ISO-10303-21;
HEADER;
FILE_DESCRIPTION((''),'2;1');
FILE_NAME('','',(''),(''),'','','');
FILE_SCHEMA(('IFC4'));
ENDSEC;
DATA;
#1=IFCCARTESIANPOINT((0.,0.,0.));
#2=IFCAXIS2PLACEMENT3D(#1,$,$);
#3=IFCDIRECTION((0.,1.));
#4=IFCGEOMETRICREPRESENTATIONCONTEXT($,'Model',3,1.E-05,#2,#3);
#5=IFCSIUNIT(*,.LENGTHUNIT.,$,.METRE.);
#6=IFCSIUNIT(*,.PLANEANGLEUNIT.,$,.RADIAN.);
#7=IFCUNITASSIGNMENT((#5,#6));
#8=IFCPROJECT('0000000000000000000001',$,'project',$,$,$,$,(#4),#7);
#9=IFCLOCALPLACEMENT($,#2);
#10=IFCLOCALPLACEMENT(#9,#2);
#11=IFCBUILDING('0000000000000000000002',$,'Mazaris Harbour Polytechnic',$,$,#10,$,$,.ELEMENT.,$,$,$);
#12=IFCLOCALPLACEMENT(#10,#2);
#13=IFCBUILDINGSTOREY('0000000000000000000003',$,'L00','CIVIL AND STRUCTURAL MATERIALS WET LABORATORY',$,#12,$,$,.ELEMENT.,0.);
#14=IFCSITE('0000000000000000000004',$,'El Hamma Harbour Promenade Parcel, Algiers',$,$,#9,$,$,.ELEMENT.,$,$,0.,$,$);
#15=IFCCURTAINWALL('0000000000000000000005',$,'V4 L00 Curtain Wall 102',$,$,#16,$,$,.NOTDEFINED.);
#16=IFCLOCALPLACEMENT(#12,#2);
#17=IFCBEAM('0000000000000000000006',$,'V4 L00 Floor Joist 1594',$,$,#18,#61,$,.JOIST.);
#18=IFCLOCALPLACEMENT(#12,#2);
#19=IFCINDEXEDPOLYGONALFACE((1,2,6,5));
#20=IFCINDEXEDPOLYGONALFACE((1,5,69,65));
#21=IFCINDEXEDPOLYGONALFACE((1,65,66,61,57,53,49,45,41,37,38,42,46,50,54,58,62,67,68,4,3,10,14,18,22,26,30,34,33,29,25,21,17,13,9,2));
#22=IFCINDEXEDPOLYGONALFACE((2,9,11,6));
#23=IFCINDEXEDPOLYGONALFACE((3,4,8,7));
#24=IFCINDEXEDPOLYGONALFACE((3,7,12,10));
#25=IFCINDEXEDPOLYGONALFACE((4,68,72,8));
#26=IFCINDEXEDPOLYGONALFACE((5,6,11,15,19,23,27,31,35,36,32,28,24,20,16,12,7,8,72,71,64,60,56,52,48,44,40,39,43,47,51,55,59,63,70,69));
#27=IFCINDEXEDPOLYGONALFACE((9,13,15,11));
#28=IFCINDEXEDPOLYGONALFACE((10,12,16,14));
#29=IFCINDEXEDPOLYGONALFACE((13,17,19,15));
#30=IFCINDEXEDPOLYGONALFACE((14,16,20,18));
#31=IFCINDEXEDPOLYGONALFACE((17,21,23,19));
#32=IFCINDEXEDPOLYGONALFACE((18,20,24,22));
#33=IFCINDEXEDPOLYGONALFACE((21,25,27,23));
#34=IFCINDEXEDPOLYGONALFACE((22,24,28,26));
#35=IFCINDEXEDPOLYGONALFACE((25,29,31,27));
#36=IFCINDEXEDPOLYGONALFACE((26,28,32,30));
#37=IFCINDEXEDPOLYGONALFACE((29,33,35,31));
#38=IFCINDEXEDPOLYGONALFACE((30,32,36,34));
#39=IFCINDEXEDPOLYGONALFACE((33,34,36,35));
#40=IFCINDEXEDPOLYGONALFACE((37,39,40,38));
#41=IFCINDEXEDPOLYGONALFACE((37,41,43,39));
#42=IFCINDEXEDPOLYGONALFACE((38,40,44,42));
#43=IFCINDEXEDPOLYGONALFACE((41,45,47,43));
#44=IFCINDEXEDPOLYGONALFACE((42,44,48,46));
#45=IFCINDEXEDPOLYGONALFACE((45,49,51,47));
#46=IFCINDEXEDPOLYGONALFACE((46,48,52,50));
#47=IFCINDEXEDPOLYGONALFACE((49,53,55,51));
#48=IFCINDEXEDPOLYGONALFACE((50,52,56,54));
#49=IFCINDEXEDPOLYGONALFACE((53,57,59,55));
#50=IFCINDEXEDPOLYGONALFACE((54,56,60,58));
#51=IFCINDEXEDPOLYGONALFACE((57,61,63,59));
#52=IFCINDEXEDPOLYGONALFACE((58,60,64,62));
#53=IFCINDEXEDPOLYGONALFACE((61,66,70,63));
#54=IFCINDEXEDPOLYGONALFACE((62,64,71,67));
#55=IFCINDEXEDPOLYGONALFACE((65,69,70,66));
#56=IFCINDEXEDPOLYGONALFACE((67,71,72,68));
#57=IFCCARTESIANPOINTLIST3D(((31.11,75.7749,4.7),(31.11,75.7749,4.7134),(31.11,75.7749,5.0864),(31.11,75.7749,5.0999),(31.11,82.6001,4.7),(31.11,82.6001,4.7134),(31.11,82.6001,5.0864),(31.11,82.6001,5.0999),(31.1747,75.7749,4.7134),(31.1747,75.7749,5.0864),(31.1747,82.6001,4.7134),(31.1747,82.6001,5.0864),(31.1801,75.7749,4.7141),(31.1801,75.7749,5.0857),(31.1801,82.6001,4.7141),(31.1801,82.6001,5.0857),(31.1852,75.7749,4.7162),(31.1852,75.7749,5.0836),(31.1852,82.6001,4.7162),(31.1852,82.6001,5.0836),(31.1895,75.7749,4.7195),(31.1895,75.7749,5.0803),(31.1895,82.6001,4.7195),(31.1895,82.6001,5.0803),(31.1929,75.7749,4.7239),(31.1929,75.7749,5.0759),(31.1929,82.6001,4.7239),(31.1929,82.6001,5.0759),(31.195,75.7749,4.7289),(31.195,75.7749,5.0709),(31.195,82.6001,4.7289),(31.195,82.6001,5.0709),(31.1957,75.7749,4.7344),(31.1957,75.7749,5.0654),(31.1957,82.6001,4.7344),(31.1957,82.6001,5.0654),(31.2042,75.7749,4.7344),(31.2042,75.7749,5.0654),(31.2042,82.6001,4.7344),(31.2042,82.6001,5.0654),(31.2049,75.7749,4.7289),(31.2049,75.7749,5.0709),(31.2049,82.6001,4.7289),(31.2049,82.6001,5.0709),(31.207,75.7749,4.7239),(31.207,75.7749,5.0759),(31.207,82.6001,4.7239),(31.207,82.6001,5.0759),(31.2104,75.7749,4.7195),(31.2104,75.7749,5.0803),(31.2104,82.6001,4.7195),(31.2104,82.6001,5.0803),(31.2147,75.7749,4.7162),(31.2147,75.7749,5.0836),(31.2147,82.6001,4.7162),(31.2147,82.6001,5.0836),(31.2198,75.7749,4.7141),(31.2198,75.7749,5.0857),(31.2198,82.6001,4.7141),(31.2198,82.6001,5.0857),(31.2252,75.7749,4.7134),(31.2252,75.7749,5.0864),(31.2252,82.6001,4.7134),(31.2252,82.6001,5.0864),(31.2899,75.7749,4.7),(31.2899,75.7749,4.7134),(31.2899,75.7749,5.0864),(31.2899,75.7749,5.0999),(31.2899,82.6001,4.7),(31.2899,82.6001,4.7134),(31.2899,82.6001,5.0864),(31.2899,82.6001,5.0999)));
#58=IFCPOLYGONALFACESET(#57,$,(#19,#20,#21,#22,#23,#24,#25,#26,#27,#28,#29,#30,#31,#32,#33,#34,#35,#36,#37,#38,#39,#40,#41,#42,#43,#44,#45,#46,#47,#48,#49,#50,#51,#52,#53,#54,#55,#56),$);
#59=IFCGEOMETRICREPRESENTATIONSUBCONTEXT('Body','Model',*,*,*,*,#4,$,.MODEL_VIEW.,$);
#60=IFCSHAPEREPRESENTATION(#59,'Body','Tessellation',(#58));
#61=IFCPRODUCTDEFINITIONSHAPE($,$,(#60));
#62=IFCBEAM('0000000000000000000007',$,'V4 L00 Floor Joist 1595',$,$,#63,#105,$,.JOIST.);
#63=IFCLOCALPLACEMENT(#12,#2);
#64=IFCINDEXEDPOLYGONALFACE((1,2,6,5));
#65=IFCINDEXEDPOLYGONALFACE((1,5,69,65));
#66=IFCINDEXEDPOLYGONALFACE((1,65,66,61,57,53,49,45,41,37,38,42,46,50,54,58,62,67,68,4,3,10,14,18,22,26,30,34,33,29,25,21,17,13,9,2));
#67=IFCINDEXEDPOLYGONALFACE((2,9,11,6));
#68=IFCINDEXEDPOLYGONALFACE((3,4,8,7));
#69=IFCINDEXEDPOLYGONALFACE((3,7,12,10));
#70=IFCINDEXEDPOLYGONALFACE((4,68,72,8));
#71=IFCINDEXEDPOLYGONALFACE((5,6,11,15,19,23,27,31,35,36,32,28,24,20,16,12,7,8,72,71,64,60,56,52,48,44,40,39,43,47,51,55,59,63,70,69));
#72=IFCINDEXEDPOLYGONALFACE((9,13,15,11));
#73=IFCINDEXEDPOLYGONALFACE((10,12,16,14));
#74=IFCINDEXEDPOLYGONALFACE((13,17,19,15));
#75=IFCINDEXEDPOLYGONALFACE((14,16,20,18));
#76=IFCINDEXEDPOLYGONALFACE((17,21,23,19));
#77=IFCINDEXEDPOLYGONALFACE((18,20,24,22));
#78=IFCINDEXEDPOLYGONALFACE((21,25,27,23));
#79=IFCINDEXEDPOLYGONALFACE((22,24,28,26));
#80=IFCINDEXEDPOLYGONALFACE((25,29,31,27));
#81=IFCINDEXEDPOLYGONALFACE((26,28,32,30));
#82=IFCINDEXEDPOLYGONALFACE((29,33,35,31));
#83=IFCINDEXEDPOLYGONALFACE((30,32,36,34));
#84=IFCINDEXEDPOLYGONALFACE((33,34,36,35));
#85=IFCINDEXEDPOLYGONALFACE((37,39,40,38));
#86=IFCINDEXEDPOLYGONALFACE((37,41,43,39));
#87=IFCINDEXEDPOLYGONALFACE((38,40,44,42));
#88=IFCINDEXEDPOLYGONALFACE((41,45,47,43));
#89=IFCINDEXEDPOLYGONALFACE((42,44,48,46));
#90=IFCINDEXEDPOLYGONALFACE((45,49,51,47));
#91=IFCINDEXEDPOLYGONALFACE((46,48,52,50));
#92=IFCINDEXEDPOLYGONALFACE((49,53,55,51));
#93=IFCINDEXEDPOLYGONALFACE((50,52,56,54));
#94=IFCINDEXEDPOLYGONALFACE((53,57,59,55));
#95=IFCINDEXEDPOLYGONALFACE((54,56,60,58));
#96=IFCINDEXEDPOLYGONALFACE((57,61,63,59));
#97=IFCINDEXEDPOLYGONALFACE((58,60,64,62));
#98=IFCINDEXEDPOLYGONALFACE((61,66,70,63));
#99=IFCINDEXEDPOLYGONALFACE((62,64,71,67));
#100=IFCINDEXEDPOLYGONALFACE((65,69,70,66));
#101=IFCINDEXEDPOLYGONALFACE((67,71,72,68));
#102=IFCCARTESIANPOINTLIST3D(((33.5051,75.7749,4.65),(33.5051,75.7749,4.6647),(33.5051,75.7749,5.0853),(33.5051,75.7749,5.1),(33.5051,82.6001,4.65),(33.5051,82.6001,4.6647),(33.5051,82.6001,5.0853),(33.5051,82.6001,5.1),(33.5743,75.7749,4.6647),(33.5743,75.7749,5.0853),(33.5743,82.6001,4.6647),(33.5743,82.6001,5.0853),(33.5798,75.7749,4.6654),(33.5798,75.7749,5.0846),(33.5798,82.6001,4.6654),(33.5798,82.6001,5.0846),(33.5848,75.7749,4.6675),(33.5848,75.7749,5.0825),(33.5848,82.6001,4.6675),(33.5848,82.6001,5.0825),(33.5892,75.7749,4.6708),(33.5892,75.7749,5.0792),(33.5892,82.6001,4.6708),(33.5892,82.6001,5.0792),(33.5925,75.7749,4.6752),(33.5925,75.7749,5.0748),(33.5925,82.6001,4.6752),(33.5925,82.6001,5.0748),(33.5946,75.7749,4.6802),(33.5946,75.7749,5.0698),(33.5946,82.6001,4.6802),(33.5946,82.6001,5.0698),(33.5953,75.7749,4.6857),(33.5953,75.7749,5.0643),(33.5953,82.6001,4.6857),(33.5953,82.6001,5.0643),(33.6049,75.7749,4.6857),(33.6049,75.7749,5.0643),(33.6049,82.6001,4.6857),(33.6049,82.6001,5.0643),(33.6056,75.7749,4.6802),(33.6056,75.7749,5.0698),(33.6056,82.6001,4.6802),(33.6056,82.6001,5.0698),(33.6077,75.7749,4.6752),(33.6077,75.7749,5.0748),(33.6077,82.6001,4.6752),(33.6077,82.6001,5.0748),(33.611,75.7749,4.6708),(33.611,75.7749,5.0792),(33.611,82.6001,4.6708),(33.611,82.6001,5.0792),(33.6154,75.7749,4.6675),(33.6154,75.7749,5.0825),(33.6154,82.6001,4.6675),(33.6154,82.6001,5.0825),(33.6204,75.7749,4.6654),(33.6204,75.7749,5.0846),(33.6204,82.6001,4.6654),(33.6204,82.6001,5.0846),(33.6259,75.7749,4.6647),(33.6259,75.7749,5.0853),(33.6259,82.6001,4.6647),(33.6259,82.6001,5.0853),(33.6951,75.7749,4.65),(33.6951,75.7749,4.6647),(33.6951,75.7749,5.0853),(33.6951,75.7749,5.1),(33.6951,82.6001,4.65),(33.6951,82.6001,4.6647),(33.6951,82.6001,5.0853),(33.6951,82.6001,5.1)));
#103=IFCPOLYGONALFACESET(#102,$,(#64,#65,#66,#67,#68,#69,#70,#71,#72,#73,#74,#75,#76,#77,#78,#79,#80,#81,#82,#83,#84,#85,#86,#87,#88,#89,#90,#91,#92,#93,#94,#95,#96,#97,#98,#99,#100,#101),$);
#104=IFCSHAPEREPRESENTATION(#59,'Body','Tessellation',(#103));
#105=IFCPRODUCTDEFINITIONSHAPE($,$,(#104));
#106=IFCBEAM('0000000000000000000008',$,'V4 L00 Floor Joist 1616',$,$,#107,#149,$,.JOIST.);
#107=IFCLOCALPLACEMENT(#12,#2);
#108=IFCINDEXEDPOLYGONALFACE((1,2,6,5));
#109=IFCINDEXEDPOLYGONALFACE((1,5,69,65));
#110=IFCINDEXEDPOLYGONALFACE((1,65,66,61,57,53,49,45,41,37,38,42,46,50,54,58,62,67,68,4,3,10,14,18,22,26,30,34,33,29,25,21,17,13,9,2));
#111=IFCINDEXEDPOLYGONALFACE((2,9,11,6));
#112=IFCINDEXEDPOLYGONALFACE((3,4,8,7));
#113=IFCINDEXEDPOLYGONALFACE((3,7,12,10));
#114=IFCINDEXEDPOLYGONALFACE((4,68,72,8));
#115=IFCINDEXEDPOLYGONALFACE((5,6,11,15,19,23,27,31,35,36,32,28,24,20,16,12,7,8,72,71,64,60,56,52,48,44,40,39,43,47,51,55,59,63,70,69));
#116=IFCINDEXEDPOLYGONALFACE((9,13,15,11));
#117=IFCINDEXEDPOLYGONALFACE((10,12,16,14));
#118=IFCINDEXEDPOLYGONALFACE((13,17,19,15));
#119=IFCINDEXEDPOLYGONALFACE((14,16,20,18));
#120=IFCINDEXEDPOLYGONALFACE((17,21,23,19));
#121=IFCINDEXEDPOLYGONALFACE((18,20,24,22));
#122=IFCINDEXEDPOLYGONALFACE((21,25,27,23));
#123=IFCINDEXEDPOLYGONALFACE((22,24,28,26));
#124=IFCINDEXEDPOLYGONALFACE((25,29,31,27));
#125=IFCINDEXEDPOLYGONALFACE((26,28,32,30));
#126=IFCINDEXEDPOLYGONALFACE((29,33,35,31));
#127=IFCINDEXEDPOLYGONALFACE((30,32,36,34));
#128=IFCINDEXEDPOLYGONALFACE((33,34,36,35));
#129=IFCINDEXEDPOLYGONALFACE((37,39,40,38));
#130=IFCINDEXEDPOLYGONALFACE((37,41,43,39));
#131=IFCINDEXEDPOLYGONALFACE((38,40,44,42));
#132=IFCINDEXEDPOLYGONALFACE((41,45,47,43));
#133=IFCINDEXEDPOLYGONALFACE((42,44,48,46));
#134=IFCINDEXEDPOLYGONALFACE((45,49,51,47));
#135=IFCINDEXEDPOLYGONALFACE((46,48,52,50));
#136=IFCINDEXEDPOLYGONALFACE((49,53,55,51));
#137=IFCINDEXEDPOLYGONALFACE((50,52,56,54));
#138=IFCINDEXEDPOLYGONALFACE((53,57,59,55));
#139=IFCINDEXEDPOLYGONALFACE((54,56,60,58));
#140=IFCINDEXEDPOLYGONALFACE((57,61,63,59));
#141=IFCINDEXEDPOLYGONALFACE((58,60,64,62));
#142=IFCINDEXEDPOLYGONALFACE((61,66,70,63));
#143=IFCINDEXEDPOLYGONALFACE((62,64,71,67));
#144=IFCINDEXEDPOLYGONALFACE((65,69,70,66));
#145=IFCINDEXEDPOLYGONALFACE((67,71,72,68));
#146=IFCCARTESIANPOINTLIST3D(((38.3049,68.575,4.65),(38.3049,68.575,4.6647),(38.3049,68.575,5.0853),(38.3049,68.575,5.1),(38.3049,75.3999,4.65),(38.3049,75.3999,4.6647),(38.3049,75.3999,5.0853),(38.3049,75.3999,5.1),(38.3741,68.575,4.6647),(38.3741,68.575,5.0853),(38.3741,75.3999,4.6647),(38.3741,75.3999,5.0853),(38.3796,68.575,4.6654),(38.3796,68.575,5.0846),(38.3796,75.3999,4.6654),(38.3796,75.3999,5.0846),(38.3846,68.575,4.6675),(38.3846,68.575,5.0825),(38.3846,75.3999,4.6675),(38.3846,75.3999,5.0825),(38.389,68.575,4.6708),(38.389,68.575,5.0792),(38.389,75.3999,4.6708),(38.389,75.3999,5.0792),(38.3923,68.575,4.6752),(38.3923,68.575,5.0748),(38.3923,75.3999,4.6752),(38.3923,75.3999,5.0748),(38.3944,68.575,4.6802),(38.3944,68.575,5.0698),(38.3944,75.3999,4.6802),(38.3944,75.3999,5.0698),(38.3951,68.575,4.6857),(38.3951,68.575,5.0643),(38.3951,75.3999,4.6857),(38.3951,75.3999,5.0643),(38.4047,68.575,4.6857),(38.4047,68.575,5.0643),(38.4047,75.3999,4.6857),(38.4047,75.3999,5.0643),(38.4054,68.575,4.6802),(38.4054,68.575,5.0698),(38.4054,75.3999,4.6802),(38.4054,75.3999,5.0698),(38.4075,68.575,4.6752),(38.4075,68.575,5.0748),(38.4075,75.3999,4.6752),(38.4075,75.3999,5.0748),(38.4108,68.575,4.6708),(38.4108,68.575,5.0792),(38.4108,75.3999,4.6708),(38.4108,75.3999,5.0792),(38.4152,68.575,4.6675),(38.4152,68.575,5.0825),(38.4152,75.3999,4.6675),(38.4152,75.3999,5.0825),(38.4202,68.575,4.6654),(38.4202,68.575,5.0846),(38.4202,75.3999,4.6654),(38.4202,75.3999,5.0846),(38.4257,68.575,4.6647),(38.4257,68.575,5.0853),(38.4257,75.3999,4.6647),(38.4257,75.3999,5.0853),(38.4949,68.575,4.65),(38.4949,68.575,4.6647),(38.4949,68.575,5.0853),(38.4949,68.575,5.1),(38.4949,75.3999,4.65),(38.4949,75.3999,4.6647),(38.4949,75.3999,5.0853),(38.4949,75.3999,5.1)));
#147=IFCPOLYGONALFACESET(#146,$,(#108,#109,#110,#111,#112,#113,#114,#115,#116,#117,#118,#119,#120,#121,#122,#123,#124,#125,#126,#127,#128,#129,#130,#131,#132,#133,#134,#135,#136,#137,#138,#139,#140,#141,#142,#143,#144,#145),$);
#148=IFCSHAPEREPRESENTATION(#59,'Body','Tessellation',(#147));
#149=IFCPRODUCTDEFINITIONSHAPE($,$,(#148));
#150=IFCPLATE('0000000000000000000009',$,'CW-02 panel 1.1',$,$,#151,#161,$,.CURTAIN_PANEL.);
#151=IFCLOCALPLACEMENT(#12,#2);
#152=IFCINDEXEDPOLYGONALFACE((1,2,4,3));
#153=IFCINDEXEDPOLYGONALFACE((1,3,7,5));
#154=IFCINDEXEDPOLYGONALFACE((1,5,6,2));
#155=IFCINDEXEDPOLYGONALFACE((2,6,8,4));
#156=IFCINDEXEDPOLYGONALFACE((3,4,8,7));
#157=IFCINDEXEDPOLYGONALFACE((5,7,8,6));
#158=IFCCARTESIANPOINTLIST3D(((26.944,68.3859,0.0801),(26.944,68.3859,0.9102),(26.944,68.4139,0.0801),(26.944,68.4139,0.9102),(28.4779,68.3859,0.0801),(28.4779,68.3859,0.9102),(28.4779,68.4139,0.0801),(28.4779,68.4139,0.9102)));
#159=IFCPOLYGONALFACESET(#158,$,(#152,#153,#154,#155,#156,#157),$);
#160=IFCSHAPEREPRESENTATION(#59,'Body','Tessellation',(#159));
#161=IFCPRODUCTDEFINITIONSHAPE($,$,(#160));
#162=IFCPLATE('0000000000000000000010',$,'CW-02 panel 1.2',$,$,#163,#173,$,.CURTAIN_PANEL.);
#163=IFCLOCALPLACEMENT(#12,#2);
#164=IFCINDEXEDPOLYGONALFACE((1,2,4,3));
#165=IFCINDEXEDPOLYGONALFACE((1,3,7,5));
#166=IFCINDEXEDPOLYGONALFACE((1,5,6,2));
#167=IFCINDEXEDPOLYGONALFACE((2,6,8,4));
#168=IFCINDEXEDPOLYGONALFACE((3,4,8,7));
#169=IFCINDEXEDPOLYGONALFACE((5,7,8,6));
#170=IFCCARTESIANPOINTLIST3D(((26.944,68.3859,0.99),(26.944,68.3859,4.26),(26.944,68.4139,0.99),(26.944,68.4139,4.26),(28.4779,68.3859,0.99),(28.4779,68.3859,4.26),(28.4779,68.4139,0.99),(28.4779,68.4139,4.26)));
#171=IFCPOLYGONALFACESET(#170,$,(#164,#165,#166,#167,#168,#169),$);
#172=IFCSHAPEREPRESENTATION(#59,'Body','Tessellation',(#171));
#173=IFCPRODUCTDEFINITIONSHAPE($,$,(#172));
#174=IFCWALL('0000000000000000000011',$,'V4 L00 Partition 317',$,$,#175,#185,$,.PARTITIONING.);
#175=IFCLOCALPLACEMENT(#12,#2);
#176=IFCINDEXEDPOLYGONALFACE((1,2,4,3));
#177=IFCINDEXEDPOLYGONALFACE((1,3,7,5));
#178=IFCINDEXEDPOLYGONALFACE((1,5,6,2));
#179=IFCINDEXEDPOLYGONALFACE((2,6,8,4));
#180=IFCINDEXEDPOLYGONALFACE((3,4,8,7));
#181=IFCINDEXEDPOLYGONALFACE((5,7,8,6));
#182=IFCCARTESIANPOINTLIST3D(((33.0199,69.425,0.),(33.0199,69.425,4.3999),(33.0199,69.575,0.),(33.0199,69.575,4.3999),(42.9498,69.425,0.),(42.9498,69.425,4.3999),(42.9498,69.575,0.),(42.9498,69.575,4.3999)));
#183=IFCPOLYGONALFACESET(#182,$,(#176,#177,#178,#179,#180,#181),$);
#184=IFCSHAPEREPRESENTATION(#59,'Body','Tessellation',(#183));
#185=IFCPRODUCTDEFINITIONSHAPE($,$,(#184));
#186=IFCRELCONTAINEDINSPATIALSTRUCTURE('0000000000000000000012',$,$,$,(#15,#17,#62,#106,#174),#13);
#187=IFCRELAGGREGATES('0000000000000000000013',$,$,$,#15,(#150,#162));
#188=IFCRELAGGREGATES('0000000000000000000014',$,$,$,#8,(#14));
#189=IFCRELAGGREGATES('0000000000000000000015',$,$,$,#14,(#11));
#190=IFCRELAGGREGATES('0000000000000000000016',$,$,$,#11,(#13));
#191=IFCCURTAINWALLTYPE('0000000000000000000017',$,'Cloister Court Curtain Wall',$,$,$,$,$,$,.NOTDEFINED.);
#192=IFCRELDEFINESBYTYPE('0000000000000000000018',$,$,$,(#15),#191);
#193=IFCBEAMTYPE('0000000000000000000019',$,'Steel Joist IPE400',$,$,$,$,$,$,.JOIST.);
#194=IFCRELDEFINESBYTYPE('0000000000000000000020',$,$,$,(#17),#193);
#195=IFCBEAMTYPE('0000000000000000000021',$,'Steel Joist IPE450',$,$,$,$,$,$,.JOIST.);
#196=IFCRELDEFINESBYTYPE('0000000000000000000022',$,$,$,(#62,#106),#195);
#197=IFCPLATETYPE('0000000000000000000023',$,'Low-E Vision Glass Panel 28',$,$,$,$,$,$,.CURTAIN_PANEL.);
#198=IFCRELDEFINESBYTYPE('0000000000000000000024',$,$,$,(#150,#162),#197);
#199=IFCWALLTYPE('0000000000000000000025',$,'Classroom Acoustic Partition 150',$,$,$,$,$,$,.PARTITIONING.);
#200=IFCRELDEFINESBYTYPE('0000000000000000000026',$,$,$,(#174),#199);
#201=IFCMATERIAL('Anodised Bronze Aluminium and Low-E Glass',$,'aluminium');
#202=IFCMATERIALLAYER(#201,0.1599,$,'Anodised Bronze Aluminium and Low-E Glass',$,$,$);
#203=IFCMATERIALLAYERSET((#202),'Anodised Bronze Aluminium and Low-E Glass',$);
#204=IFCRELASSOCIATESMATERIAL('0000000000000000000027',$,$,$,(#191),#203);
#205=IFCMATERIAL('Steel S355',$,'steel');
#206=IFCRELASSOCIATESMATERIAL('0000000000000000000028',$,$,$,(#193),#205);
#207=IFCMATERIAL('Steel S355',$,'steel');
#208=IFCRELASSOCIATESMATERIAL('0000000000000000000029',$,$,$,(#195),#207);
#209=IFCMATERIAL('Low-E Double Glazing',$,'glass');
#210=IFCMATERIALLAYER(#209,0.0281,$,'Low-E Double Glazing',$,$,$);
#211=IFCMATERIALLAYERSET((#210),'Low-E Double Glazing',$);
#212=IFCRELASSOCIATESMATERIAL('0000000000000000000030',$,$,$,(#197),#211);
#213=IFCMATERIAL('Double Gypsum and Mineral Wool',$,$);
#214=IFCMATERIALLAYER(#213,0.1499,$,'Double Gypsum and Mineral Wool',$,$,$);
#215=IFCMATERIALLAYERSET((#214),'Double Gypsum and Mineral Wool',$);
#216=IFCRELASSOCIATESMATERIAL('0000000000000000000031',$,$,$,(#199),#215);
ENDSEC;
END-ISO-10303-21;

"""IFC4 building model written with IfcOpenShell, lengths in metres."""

from ifc_helpers import new_model, si_unit, direction, frame, frame_2d, origin, origin_2d, place, context, subcontext, project, spatial, rectangle, i_section, extrude, material, layer, layer_set, material_profile, profile_set, type_object, element, aggregate, save


model = new_model("IFC4")

# Units and contexts
model_context = context("Model", 3, precision=1e-05, world=origin(), true_north=direction((0.0, 1.0)))
body_context = subcontext(model_context, "Body", "Model", "MODEL_VIEW")
ifc_project = project(units=[si_unit("LENGTHUNIT", "METRE"), si_unit("PLANEANGLEUNIT", "RADIAN")], contexts=[model_context])

# Site, building, storey
site_placement = place(None, origin())
site = spatial("IfcSite", under=ifc_project, at=site_placement, Name="El Hamma Harbour Promenade Parcel, Algiers", CompositionType="ELEMENT", RefElevation=0.0)
building_placement = place(site_placement, origin())
building = spatial("IfcBuilding", under=site, at=building_placement, Name="Mazaris Harbour Polytechnic", CompositionType="ELEMENT")
storey_placement = place(building_placement, origin())
storey = spatial("IfcBuildingStorey", under=building, at=storey_placement, Name="L00", Description="CIVIL AND STRUCTURAL MATERIALS WET LABORATORY", CompositionType="ELEMENT", Elevation=0.0)

# Curtain wall
ifc_material_1 = material(Name="Anodised Bronze Aluminium and Low-E Glass", Category="aluminium")
ifc_layer_1 = layer(ifc_material_1, 0.1599, Name="Anodised Bronze Aluminium and Low-E Glass")
ifc_layer_set_1 = layer_set([ifc_layer_1], Name="Anodised Bronze Aluminium and Low-E Glass")
curtain_wall_type = type_object("IfcCurtainWallType", Name="Cloister Court Curtain Wall", PredefinedType="NOTDEFINED", material=ifc_layer_set_1)
curtain_wall_1_placement = place(storey_placement, origin())
curtain_wall_1 = element("IfcCurtainWall", 1, at=curtain_wall_1_placement, inside=storey, type_object=curtain_wall_type, Name="V4 L00 Curtain Wall 102", PredefinedType="NOTDEFINED")

# Beams
ifc_material_2 = material(Name="Steel S355", Category="steel")
ifc_material_profile_1 = material_profile(ifc_material_2, i_section(OverallWidth=0.1799, OverallDepth=0.3999, WebThickness=0.0085, FlangeThickness=0.0134, FilletRadius=0.021, at=origin_2d()), Name="IPE 400")
ifc_profile_set_1 = profile_set([ifc_material_profile_1], Name="Steel S355")
beam_type_1 = type_object("IfcBeamType", Name="Steel Joist IPE400", PredefinedType="JOIST", material=ifc_profile_set_1)
beam_1_placement = place(storey_placement, frame((31.2, 75.7749, 4.8999), z_axis=(0.0, 1.0, 0.0), x_axis=(-1.0, 0.0, 0.0)))
element("IfcBeam", 2, at=beam_1_placement, inside=storey, type_object=beam_type_1, Name="V4 L00 Floor Joist 1594", PredefinedType="JOIST", context=body_context, shape_type="SweptSolid", body=[
    extrude(i_section(OverallWidth=0.1799, OverallDepth=0.3999, WebThickness=0.0085, FlangeThickness=0.0134, FilletRadius=0.021, at=origin_2d()), origin(), (0.0, 0.0, 1.0), 6.8252),
])
ifc_material_3 = material(Name="Steel S355", Category="steel")
ifc_material_profile_2 = material_profile(ifc_material_3, i_section(OverallWidth=0.1899, OverallDepth=0.45, WebThickness=0.0095, FlangeThickness=0.0146, FilletRadius=0.021, at=origin_2d()), Name="IPE 450")
ifc_profile_set_2 = profile_set([ifc_material_profile_2], Name="Steel S355")
beam_type_2 = type_object("IfcBeamType", Name="Steel Joist IPE450", PredefinedType="JOIST", material=ifc_profile_set_2)
beam_2_placement = place(storey_placement, frame((33.6001, 75.7749, 4.875), z_axis=(0.0, 1.0, 0.0), x_axis=(-1.0, 0.0, 0.0)))
element("IfcBeam", 3, at=beam_2_placement, inside=storey, type_object=beam_type_2, Name="V4 L00 Floor Joist 1595", PredefinedType="JOIST", context=body_context, shape_type="SweptSolid", body=[
    extrude(i_section(OverallWidth=0.1899, OverallDepth=0.45, WebThickness=0.0095, FlangeThickness=0.0146, FilletRadius=0.021, at=origin_2d()), origin(), (0.0, 0.0, 1.0), 6.8252),
])
beam_3_placement = place(storey_placement, frame((38.3999, 68.575, 4.875), z_axis=(0.0, 1.0, 0.0), x_axis=(-1.0, 0.0, 0.0)))
element("IfcBeam", 4, at=beam_3_placement, inside=storey, type_object=beam_type_2, Name="V4 L00 Floor Joist 1616", PredefinedType="JOIST", context=body_context, shape_type="SweptSolid", body=[
    extrude(i_section(OverallWidth=0.1899, OverallDepth=0.45, WebThickness=0.0095, FlangeThickness=0.0146, FilletRadius=0.021, at=origin_2d()), origin(), (0.0, 0.0, 1.0), 6.825),
])

# Plates
ifc_material_4 = material(Name="Low-E Double Glazing", Category="glass")
ifc_layer_2 = layer(ifc_material_4, 0.0281, Name="Low-E Double Glazing")
ifc_layer_set_2 = layer_set([ifc_layer_2], Name="Low-E Double Glazing")
plate_type = type_object("IfcPlateType", Name="Low-E Vision Glass Panel 28", PredefinedType="CURTAIN_PANEL", material=ifc_layer_set_2)
plate_1_placement = place(storey_placement, frame((27.7109, 68.3999, 0.0801), z_axis=(0.0, 0.0, 1.0), x_axis=(-1.0, 0.0, 0.0)))
plate_1 = element("IfcPlate", 5, at=plate_1_placement, type_object=plate_type, Name="CW-02 panel 1.1", PredefinedType="CURTAIN_PANEL", context=body_context, shape_type="SweptSolid", body=[
    extrude(rectangle(XDim=1.5339, YDim=0.0281, at=origin_2d()), origin(), (0.0, 0.0, 1.0), 0.8301),
])
plate_2_placement = place(storey_placement, frame((27.7109, 68.3999, 0.99), z_axis=(0.0, 0.0, 1.0), x_axis=(-1.0, 0.0, 0.0)))
plate_2 = element("IfcPlate", 6, at=plate_2_placement, type_object=plate_type, Name="CW-02 panel 1.2", PredefinedType="CURTAIN_PANEL", context=body_context, shape_type="SweptSolid", body=[
    extrude(rectangle(XDim=1.5339, YDim=0.0281, at=origin_2d()), origin(), (0.0, 0.0, 1.0), 3.27),
])
aggregate(curtain_wall_1, [plate_1, plate_2])

# Wall
ifc_material_5 = material(Name="Double Gypsum and Mineral Wool")
ifc_layer_3 = layer(ifc_material_5, 0.1499, Name="Double Gypsum and Mineral Wool")
ifc_layer_set_3 = layer_set([ifc_layer_3], Name="Double Gypsum and Mineral Wool")
wall_type_1 = type_object("IfcWallType", Name="Classroom Acoustic Partition 150", PredefinedType="PARTITIONING", material=ifc_layer_set_3)
wall_1_placement = place(storey_placement, frame((33.02, 69.5, 0.0), z_axis=(0.0, 0.0, 1.0), x_axis=(1.0, 0.0, 0.0)))
element("IfcWall", 7, at=wall_1_placement, inside=storey, type_object=wall_type_1, Name="V4 L00 Partition 317", PredefinedType="PARTITIONING", context=body_context, shape_type="SweptSolid", body=[
    extrude(rectangle(XDim=9.9299, YDim=0.1499, at=frame_2d((4.9648, 0.0))), origin(), (0.0, 0.0, 1.0), 4.3999),
])

save(model, "model.ifc")
